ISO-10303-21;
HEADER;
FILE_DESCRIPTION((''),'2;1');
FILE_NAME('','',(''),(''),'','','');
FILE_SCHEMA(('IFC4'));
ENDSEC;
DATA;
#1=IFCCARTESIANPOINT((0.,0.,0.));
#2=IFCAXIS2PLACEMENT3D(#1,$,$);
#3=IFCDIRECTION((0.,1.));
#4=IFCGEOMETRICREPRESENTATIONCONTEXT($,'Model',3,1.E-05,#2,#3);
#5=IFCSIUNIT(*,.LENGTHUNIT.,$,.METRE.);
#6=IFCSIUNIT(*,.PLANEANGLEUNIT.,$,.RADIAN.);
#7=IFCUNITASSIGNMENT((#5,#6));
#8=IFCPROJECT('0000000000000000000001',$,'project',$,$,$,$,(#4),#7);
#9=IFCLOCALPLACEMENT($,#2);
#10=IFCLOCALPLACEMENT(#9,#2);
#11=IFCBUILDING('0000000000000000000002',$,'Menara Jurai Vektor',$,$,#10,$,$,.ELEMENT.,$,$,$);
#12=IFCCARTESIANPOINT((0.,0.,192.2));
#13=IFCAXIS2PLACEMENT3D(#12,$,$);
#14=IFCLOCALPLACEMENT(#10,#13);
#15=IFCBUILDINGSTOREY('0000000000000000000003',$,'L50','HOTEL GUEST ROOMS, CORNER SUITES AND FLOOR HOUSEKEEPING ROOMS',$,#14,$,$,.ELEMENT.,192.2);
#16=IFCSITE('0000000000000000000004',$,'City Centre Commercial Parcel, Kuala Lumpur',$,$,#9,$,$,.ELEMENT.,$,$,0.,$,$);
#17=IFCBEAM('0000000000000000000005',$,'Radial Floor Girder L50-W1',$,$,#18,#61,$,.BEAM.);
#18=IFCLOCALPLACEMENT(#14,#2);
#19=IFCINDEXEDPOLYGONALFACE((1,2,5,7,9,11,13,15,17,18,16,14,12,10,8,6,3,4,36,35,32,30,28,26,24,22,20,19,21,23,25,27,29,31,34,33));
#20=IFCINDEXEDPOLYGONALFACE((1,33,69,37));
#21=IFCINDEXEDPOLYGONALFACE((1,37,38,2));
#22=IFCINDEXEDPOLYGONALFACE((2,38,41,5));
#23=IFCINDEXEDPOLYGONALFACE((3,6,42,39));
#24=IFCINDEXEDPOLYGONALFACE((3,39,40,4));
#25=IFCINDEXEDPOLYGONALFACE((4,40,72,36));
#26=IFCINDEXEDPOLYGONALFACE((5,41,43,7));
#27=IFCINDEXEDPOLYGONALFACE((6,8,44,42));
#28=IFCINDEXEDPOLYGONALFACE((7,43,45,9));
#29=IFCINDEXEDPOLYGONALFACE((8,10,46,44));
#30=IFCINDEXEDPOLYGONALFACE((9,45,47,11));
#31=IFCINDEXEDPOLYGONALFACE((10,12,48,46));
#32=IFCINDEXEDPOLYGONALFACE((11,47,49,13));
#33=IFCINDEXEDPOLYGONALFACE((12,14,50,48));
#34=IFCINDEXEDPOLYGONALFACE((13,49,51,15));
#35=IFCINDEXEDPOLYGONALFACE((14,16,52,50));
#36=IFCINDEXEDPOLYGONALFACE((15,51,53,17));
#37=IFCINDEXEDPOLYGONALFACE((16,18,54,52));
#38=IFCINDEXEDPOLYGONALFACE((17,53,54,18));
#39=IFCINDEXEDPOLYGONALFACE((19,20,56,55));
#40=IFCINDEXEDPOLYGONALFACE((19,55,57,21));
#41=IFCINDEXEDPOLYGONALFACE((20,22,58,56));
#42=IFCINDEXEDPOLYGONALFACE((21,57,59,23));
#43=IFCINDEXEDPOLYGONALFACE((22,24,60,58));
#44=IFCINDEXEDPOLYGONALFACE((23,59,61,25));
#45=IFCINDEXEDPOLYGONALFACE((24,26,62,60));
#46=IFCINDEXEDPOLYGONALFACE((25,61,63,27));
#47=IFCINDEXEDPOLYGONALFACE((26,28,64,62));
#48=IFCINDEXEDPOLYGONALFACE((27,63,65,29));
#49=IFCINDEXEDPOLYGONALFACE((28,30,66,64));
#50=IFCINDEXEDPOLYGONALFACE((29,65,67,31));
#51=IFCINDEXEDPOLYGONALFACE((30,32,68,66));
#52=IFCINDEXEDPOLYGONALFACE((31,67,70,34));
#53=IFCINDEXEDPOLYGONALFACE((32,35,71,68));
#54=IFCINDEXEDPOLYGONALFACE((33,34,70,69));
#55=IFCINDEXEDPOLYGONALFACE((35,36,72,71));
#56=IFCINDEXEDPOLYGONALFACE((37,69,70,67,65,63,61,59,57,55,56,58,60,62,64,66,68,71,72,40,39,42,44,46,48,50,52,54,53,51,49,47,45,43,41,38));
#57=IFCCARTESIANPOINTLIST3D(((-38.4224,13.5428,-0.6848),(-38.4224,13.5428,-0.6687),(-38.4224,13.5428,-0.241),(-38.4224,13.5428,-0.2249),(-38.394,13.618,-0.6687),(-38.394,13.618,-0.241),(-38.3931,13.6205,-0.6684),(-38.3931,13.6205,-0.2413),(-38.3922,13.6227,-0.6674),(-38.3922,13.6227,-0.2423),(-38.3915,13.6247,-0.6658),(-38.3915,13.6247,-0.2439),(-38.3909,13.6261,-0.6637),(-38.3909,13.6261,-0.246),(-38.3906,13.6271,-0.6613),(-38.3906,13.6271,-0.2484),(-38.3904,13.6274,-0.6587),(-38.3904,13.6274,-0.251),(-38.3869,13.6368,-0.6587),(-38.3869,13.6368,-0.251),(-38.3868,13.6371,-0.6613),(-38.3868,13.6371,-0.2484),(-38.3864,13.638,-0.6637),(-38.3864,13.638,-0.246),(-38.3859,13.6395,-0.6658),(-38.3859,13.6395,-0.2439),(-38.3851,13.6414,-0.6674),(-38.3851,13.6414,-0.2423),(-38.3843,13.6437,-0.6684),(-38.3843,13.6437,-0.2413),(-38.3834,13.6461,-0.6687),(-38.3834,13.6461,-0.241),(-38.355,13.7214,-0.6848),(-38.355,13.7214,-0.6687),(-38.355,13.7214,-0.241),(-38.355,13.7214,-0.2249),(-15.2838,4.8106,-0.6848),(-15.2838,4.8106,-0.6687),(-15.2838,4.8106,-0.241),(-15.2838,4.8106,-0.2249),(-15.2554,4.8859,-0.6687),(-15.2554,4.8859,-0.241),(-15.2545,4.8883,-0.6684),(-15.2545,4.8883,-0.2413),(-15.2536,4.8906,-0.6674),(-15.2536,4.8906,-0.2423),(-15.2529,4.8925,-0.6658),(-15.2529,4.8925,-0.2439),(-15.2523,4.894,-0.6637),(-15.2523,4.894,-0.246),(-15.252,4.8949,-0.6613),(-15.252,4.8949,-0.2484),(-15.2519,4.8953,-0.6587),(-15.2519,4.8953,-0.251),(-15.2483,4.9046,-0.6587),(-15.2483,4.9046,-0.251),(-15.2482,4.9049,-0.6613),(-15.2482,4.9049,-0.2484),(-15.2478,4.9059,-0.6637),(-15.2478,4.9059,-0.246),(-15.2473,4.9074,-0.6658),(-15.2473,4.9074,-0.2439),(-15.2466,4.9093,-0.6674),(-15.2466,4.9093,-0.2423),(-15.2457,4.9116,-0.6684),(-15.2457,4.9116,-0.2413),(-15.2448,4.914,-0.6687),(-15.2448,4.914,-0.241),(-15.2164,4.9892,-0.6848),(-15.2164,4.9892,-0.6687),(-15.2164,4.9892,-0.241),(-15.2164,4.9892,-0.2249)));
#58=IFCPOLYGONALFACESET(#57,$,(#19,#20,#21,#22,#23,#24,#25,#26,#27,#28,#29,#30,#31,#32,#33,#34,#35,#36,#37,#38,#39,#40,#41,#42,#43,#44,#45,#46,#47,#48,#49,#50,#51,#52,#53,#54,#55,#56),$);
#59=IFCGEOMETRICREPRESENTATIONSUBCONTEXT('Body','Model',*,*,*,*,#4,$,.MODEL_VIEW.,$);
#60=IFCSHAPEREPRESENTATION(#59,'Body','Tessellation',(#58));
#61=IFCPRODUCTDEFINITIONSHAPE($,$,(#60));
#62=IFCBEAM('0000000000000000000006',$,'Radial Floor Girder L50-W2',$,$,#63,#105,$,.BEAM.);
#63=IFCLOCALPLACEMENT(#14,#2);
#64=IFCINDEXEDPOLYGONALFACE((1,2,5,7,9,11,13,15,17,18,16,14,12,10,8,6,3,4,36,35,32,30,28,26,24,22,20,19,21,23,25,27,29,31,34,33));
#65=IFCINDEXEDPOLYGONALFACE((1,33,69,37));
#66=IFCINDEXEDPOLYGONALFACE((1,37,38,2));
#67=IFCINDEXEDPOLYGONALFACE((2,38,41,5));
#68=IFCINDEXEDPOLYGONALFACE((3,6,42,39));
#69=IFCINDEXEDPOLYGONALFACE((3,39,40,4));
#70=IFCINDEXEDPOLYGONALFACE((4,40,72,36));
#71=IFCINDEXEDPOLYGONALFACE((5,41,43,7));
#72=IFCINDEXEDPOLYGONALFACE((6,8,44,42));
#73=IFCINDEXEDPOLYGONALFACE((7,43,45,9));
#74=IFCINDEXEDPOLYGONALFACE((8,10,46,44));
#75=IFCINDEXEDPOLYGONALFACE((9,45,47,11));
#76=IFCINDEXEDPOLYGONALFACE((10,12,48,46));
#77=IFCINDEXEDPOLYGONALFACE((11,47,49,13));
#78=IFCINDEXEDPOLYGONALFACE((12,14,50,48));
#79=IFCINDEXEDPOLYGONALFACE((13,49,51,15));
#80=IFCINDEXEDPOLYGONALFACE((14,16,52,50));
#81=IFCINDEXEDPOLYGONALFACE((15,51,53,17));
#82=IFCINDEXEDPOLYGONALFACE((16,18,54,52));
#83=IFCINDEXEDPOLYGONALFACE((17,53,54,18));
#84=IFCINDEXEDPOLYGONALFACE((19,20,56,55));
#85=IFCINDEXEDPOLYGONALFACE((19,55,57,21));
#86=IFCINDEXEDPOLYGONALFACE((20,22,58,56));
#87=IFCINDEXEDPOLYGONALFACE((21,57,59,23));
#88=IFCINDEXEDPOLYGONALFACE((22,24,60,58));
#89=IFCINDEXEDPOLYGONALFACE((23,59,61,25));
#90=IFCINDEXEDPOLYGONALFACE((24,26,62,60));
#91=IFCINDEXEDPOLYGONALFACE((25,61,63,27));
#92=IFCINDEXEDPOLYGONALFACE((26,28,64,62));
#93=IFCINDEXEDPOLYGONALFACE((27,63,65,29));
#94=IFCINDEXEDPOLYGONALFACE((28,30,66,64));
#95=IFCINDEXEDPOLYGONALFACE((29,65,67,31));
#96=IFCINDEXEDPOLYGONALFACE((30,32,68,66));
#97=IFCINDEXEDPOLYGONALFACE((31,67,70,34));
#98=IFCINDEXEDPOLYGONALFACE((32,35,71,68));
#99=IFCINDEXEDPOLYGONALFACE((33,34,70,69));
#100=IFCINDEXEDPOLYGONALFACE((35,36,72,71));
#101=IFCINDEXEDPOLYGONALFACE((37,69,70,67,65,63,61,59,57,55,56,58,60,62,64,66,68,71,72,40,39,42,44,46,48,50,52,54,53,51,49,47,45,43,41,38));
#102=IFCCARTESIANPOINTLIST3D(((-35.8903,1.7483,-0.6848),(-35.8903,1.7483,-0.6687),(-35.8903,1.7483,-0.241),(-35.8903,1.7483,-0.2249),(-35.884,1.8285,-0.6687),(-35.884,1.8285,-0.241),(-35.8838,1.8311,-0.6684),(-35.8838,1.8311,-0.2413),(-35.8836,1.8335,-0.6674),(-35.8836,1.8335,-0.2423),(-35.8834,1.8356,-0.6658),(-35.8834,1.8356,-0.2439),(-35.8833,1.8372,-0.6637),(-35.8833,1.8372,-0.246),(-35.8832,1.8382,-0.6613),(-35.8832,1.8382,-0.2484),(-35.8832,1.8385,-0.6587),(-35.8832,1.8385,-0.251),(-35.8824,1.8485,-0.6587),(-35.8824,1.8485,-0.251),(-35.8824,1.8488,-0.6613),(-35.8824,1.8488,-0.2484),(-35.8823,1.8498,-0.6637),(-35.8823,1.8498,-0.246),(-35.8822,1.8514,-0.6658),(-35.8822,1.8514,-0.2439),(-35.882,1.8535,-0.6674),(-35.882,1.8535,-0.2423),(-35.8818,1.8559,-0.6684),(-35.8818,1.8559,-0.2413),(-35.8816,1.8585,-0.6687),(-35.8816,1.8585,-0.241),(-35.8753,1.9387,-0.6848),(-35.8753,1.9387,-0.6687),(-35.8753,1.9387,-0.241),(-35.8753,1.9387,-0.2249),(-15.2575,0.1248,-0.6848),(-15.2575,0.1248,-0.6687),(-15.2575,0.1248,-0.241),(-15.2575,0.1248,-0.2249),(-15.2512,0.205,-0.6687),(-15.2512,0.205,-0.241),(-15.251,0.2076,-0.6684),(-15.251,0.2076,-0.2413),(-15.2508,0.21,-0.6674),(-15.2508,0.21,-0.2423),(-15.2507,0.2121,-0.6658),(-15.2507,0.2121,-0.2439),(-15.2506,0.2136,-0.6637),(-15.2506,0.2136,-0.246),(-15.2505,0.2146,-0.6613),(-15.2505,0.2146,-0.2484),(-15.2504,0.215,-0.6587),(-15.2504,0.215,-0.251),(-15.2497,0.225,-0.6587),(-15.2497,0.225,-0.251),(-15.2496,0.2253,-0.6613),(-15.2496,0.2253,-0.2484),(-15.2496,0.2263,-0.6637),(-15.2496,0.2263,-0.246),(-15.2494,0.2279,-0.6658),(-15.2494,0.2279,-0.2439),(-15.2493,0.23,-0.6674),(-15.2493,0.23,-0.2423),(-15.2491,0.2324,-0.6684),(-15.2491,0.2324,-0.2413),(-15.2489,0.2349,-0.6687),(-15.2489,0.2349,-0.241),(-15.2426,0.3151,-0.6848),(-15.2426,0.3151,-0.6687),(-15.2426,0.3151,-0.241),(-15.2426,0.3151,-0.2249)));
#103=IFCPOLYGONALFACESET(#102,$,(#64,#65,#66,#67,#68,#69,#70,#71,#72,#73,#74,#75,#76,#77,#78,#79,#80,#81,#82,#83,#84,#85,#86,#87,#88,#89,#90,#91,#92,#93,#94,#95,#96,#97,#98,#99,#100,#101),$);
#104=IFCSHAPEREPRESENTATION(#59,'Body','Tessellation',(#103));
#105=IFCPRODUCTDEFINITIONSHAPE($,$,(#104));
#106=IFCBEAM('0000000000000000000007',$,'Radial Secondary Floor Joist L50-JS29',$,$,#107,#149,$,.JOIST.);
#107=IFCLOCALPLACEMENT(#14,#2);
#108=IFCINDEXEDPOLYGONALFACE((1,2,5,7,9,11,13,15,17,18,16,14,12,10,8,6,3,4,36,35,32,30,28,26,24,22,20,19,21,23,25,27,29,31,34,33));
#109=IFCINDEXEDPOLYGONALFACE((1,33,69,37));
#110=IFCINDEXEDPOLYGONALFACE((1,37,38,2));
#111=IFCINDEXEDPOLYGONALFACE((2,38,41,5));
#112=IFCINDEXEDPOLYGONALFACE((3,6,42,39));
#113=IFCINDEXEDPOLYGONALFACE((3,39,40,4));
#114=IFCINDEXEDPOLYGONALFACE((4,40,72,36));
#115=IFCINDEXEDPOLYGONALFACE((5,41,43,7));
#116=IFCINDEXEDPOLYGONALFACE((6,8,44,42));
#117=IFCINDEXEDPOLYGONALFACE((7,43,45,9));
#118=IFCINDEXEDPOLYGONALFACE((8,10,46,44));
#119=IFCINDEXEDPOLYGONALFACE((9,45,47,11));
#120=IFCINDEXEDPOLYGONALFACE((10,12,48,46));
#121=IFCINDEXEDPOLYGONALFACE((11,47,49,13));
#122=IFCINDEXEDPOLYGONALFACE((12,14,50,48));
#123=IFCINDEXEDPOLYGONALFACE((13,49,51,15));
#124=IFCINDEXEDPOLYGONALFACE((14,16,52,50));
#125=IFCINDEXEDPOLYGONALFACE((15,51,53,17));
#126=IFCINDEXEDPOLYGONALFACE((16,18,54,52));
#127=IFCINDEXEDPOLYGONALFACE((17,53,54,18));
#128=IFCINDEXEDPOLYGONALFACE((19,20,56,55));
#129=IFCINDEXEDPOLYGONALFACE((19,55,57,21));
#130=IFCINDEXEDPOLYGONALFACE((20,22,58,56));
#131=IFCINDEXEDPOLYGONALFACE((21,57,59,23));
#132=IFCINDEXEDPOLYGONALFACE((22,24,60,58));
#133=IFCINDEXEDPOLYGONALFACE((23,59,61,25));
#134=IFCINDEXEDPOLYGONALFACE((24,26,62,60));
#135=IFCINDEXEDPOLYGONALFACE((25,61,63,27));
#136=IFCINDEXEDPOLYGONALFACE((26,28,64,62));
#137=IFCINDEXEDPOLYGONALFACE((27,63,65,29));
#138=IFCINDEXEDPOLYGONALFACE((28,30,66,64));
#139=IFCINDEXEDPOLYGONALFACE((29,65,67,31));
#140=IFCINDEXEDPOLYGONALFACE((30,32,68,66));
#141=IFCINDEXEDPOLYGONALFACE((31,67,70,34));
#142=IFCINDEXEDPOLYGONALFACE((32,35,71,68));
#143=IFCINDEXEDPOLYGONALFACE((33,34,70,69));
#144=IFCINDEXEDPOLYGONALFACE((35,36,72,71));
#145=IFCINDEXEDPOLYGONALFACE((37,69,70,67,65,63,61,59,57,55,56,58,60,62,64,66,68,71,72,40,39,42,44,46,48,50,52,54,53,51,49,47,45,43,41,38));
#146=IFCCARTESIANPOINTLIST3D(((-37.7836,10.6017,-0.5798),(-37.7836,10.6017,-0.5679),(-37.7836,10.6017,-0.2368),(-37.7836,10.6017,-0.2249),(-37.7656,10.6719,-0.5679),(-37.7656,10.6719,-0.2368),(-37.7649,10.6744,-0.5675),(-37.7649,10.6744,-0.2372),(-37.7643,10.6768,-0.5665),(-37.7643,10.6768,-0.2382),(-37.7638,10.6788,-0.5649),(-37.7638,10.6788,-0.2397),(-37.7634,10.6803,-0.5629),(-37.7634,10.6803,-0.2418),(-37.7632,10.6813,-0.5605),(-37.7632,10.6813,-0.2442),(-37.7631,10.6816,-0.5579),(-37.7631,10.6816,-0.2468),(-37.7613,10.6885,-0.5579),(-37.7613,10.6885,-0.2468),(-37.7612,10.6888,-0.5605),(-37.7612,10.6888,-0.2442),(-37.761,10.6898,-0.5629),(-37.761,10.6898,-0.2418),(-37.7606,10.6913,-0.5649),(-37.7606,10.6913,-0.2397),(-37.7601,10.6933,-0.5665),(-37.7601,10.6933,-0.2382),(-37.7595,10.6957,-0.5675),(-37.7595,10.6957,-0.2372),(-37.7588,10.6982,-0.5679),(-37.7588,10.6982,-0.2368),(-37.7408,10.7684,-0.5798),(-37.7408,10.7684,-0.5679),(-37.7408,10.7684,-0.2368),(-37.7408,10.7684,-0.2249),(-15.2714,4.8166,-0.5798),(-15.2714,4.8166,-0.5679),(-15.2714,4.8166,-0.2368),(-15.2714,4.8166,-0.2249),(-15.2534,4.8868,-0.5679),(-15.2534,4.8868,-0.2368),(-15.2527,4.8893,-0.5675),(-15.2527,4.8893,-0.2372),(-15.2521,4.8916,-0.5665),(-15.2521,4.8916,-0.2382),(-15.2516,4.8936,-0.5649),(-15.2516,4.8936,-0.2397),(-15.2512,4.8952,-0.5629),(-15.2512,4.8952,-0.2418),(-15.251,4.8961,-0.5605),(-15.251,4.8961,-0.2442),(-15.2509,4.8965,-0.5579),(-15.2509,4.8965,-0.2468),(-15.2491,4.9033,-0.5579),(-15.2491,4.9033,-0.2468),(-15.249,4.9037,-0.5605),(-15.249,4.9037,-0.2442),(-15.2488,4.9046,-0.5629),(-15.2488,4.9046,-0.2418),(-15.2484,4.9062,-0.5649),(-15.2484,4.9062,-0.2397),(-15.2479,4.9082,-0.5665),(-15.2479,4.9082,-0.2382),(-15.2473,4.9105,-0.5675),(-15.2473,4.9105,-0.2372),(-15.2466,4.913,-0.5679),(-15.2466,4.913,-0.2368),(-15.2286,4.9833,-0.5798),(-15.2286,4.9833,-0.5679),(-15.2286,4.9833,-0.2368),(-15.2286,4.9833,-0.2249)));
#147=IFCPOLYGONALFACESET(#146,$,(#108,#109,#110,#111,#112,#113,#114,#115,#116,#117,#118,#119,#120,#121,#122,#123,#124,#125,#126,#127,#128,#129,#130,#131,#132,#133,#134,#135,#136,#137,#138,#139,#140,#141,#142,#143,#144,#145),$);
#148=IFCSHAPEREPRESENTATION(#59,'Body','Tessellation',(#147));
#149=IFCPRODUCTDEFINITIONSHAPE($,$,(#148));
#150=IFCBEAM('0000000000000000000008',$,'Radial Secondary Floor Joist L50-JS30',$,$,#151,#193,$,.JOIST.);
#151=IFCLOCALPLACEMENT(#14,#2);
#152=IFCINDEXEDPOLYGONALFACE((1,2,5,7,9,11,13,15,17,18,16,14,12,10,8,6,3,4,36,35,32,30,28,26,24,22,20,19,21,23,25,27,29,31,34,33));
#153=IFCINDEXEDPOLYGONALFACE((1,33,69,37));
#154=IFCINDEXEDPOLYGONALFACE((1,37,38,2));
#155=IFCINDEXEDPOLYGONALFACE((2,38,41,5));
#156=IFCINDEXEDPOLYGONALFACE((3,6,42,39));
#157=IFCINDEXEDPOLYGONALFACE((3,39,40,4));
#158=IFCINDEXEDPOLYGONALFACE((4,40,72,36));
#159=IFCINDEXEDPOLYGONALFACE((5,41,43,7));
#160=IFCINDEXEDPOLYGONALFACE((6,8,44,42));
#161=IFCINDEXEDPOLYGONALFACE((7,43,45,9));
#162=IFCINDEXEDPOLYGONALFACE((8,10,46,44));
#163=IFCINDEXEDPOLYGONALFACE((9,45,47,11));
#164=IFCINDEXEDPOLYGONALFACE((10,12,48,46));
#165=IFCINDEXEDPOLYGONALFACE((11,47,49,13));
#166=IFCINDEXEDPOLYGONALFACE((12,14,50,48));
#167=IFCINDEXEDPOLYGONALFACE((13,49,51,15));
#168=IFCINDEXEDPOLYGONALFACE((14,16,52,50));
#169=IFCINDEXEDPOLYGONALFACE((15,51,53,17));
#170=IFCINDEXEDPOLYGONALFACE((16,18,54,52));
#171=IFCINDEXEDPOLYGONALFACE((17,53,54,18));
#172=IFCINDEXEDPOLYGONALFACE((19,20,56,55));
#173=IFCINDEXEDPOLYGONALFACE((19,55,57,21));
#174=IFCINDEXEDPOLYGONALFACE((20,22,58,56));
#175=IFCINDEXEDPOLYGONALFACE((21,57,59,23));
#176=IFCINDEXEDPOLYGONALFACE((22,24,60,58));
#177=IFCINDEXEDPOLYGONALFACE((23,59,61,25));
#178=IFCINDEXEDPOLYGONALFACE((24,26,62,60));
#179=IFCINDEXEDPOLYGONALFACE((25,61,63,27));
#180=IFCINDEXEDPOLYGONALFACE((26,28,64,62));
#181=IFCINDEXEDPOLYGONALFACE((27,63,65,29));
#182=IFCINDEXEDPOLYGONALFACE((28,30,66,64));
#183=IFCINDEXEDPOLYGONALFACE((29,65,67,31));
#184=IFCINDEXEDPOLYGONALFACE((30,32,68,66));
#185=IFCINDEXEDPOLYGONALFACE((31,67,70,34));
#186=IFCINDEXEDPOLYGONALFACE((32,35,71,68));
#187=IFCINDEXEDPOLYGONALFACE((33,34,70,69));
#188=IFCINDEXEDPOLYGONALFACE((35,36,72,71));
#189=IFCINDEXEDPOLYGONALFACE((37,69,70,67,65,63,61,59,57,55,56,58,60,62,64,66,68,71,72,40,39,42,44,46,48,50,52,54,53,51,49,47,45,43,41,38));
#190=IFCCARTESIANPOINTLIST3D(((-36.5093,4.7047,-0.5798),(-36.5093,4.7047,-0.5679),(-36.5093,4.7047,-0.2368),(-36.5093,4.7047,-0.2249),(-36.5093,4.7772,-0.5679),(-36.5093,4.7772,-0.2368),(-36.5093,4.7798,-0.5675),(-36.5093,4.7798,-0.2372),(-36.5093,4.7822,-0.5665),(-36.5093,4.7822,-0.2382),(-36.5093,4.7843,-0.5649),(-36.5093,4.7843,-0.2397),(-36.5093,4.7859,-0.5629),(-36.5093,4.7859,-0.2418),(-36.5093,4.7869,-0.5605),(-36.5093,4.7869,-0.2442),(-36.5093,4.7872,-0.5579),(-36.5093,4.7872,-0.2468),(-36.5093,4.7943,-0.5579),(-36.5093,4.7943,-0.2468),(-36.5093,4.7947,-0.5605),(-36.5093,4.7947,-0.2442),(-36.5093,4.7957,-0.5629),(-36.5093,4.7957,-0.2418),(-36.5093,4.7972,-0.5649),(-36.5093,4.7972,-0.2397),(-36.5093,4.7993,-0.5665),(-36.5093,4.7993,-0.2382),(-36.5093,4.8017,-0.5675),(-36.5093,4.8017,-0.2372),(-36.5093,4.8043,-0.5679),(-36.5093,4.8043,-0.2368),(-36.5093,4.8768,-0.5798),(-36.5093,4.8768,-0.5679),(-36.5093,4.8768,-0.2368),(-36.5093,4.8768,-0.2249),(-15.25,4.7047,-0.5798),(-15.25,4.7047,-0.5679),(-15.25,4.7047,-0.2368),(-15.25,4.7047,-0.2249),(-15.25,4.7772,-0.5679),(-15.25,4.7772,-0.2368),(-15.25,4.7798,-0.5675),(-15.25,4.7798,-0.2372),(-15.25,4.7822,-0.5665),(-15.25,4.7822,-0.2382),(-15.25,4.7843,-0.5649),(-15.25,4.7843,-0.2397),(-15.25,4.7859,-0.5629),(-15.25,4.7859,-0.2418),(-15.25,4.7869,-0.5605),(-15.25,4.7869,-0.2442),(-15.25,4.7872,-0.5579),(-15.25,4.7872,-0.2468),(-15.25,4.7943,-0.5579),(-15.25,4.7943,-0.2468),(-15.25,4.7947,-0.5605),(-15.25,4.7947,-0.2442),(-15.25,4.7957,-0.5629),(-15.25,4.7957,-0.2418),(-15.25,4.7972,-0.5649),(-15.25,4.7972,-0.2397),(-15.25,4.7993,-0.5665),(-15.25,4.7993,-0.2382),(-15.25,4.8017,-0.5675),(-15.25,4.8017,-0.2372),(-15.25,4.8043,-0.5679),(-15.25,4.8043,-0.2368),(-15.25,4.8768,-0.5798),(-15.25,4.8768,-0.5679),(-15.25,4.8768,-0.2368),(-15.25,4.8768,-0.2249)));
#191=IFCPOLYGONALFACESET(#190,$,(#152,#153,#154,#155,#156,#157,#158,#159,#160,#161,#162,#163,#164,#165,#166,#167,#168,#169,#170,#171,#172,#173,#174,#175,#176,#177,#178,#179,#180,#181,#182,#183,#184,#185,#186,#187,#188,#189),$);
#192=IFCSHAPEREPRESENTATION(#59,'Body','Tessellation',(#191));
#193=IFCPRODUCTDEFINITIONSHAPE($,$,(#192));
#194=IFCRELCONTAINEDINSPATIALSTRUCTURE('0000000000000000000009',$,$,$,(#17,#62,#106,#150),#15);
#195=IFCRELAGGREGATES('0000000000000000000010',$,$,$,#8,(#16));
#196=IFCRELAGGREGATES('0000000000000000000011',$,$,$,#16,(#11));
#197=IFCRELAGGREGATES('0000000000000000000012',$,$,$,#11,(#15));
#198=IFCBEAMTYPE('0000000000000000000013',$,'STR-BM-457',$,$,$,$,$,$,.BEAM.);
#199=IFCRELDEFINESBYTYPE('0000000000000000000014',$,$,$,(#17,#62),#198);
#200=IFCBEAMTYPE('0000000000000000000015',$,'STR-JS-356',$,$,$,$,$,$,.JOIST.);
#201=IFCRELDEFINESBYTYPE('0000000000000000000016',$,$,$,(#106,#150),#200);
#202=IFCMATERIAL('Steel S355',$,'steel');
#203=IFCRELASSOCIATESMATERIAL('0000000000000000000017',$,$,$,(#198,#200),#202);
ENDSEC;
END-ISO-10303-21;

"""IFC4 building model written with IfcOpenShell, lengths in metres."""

from ifc_helpers import new_model, si_unit, direction, frame, origin, origin_2d, place, context, subcontext, project, spatial, i_section, extrude, material, material_profile, profile_set, type_object, element, save


model = new_model("IFC4")

# Units and contexts
model_context = context("Model", 3, precision=1e-05, world=origin(), true_north=direction((0.0, 1.0)))
body_context = subcontext(model_context, "Body", "Model", "MODEL_VIEW")
ifc_project = project(units=[si_unit("LENGTHUNIT", "METRE"), si_unit("PLANEANGLEUNIT", "RADIAN")], contexts=[model_context])

# Site, building, storey
site_placement = place(None, origin())
site = spatial("IfcSite", under=ifc_project, at=site_placement, Name="City Centre Commercial Parcel, Kuala Lumpur", CompositionType="ELEMENT", RefElevation=0.0)
building_placement = place(site_placement, origin())
building = spatial("IfcBuilding", under=site, at=building_placement, Name="Menara Jurai Vektor", CompositionType="ELEMENT")
storey_placement = place(building_placement, frame((0.0, 0.0, 192.2)))
storey = spatial("IfcBuildingStorey", under=building, at=storey_placement, Name="L50", Description="HOTEL GUEST ROOMS, CORNER SUITES AND FLOOR HOUSEKEEPING ROOMS", CompositionType="ELEMENT", Elevation=192.2)

# Beams
ifc_material_1 = material(Name="Steel S355", Category="steel")
ifc_material_profile_1 = material_profile(ifc_material_1, i_section(OverallWidth=0.1909, OverallDepth=0.46, WebThickness=0.01, FlangeThickness=0.0161, FilletRadius=0.01, at=origin_2d()), Name="UKB 457x191x82")
ifc_profile_set_1 = profile_set([ifc_material_profile_1], Name="Steel S355")
beam_type_1 = type_object("IfcBeamType", Name="STR-BM-457", PredefinedType="BEAM", material=ifc_profile_set_1)
beam_1_placement = place(storey_placement, frame((-38.3887, 13.6321, -0.4548), z_axis=(0.935594, -0.353079, 0.0), x_axis=(0.353079, 0.935594, 0.0)))
element("IfcBeam", 1, at=beam_1_placement, inside=storey, type_object=beam_type_1, Name="Radial Floor Girder L50-W1", PredefinedType="BEAM", context=body_context, shape_type="SweptSolid", body=[
    extrude(i_section(OverallWidth=0.1909, OverallDepth=0.46, WebThickness=0.01, FlangeThickness=0.0161, FilletRadius=0.01, at=origin_2d()), origin(), (0.0, 0.0, 1.0), 24.7314),
])
beam_2_placement = place(storey_placement, frame((-35.8828, 1.8435, -0.4548), z_axis=(0.996918, -0.078445, 0.0), x_axis=(0.078445, 0.996918, 0.0)))
element("IfcBeam", 2, at=beam_2_placement, inside=storey, type_object=beam_type_1, Name="Radial Floor Girder L50-W2", PredefinedType="BEAM", context=body_context, shape_type="SweptSolid", body=[
    extrude(i_section(OverallWidth=0.1909, OverallDepth=0.46, WebThickness=0.01, FlangeThickness=0.0161, FilletRadius=0.01, at=origin_2d()), origin(), (0.0, 0.0, 1.0), 20.6965),
])
ifc_material_profile_2 = material_profile(ifc_material_1, i_section(OverallWidth=0.1721, OverallDepth=0.355, WebThickness=0.0071, FlangeThickness=0.012, FilletRadius=0.01, at=origin_2d()), Name="UKB 356x171x51")
ifc_profile_set_2 = profile_set([ifc_material_profile_2], Name="Steel S355")
beam_type_2 = type_object("IfcBeamType", Name="STR-JS-356", PredefinedType="JOIST", material=ifc_profile_set_2)
beam_3_placement = place(storey_placement, frame((-37.7622, 10.6851, -0.4023), z_axis=(0.968531, -0.248892, 0.0), x_axis=(0.248892, 0.968531, 0.0)))
element("IfcBeam", 3, at=beam_3_placement, inside=storey, type_object=beam_type_2, Name="Radial Secondary Floor Joist L50-JS29", PredefinedType="JOIST", context=body_context, shape_type="SweptSolid", body=[
    extrude(i_section(OverallWidth=0.1721, OverallDepth=0.355, WebThickness=0.0071, FlangeThickness=0.012, FilletRadius=0.01, at=origin_2d()), origin(), (0.0, 0.0, 1.0), 23.2437),
])
beam_4_placement = place(storey_placement, frame((-36.5093, 4.7908, -0.4023), z_axis=(1.0, 0.0, 0.0), x_axis=(0.0, 1.0, 0.0)))
element("IfcBeam", 4, at=beam_4_placement, inside=storey, type_object=beam_type_2, Name="Radial Secondary Floor Joist L50-JS30", PredefinedType="JOIST", context=body_context, shape_type="SweptSolid", body=[
    extrude(i_section(OverallWidth=0.1721, OverallDepth=0.355, WebThickness=0.0071, FlangeThickness=0.012, FilletRadius=0.01, at=origin_2d()), origin(), (0.0, 0.0, 1.0), 21.2593),
])

save(model, "model.ifc")
